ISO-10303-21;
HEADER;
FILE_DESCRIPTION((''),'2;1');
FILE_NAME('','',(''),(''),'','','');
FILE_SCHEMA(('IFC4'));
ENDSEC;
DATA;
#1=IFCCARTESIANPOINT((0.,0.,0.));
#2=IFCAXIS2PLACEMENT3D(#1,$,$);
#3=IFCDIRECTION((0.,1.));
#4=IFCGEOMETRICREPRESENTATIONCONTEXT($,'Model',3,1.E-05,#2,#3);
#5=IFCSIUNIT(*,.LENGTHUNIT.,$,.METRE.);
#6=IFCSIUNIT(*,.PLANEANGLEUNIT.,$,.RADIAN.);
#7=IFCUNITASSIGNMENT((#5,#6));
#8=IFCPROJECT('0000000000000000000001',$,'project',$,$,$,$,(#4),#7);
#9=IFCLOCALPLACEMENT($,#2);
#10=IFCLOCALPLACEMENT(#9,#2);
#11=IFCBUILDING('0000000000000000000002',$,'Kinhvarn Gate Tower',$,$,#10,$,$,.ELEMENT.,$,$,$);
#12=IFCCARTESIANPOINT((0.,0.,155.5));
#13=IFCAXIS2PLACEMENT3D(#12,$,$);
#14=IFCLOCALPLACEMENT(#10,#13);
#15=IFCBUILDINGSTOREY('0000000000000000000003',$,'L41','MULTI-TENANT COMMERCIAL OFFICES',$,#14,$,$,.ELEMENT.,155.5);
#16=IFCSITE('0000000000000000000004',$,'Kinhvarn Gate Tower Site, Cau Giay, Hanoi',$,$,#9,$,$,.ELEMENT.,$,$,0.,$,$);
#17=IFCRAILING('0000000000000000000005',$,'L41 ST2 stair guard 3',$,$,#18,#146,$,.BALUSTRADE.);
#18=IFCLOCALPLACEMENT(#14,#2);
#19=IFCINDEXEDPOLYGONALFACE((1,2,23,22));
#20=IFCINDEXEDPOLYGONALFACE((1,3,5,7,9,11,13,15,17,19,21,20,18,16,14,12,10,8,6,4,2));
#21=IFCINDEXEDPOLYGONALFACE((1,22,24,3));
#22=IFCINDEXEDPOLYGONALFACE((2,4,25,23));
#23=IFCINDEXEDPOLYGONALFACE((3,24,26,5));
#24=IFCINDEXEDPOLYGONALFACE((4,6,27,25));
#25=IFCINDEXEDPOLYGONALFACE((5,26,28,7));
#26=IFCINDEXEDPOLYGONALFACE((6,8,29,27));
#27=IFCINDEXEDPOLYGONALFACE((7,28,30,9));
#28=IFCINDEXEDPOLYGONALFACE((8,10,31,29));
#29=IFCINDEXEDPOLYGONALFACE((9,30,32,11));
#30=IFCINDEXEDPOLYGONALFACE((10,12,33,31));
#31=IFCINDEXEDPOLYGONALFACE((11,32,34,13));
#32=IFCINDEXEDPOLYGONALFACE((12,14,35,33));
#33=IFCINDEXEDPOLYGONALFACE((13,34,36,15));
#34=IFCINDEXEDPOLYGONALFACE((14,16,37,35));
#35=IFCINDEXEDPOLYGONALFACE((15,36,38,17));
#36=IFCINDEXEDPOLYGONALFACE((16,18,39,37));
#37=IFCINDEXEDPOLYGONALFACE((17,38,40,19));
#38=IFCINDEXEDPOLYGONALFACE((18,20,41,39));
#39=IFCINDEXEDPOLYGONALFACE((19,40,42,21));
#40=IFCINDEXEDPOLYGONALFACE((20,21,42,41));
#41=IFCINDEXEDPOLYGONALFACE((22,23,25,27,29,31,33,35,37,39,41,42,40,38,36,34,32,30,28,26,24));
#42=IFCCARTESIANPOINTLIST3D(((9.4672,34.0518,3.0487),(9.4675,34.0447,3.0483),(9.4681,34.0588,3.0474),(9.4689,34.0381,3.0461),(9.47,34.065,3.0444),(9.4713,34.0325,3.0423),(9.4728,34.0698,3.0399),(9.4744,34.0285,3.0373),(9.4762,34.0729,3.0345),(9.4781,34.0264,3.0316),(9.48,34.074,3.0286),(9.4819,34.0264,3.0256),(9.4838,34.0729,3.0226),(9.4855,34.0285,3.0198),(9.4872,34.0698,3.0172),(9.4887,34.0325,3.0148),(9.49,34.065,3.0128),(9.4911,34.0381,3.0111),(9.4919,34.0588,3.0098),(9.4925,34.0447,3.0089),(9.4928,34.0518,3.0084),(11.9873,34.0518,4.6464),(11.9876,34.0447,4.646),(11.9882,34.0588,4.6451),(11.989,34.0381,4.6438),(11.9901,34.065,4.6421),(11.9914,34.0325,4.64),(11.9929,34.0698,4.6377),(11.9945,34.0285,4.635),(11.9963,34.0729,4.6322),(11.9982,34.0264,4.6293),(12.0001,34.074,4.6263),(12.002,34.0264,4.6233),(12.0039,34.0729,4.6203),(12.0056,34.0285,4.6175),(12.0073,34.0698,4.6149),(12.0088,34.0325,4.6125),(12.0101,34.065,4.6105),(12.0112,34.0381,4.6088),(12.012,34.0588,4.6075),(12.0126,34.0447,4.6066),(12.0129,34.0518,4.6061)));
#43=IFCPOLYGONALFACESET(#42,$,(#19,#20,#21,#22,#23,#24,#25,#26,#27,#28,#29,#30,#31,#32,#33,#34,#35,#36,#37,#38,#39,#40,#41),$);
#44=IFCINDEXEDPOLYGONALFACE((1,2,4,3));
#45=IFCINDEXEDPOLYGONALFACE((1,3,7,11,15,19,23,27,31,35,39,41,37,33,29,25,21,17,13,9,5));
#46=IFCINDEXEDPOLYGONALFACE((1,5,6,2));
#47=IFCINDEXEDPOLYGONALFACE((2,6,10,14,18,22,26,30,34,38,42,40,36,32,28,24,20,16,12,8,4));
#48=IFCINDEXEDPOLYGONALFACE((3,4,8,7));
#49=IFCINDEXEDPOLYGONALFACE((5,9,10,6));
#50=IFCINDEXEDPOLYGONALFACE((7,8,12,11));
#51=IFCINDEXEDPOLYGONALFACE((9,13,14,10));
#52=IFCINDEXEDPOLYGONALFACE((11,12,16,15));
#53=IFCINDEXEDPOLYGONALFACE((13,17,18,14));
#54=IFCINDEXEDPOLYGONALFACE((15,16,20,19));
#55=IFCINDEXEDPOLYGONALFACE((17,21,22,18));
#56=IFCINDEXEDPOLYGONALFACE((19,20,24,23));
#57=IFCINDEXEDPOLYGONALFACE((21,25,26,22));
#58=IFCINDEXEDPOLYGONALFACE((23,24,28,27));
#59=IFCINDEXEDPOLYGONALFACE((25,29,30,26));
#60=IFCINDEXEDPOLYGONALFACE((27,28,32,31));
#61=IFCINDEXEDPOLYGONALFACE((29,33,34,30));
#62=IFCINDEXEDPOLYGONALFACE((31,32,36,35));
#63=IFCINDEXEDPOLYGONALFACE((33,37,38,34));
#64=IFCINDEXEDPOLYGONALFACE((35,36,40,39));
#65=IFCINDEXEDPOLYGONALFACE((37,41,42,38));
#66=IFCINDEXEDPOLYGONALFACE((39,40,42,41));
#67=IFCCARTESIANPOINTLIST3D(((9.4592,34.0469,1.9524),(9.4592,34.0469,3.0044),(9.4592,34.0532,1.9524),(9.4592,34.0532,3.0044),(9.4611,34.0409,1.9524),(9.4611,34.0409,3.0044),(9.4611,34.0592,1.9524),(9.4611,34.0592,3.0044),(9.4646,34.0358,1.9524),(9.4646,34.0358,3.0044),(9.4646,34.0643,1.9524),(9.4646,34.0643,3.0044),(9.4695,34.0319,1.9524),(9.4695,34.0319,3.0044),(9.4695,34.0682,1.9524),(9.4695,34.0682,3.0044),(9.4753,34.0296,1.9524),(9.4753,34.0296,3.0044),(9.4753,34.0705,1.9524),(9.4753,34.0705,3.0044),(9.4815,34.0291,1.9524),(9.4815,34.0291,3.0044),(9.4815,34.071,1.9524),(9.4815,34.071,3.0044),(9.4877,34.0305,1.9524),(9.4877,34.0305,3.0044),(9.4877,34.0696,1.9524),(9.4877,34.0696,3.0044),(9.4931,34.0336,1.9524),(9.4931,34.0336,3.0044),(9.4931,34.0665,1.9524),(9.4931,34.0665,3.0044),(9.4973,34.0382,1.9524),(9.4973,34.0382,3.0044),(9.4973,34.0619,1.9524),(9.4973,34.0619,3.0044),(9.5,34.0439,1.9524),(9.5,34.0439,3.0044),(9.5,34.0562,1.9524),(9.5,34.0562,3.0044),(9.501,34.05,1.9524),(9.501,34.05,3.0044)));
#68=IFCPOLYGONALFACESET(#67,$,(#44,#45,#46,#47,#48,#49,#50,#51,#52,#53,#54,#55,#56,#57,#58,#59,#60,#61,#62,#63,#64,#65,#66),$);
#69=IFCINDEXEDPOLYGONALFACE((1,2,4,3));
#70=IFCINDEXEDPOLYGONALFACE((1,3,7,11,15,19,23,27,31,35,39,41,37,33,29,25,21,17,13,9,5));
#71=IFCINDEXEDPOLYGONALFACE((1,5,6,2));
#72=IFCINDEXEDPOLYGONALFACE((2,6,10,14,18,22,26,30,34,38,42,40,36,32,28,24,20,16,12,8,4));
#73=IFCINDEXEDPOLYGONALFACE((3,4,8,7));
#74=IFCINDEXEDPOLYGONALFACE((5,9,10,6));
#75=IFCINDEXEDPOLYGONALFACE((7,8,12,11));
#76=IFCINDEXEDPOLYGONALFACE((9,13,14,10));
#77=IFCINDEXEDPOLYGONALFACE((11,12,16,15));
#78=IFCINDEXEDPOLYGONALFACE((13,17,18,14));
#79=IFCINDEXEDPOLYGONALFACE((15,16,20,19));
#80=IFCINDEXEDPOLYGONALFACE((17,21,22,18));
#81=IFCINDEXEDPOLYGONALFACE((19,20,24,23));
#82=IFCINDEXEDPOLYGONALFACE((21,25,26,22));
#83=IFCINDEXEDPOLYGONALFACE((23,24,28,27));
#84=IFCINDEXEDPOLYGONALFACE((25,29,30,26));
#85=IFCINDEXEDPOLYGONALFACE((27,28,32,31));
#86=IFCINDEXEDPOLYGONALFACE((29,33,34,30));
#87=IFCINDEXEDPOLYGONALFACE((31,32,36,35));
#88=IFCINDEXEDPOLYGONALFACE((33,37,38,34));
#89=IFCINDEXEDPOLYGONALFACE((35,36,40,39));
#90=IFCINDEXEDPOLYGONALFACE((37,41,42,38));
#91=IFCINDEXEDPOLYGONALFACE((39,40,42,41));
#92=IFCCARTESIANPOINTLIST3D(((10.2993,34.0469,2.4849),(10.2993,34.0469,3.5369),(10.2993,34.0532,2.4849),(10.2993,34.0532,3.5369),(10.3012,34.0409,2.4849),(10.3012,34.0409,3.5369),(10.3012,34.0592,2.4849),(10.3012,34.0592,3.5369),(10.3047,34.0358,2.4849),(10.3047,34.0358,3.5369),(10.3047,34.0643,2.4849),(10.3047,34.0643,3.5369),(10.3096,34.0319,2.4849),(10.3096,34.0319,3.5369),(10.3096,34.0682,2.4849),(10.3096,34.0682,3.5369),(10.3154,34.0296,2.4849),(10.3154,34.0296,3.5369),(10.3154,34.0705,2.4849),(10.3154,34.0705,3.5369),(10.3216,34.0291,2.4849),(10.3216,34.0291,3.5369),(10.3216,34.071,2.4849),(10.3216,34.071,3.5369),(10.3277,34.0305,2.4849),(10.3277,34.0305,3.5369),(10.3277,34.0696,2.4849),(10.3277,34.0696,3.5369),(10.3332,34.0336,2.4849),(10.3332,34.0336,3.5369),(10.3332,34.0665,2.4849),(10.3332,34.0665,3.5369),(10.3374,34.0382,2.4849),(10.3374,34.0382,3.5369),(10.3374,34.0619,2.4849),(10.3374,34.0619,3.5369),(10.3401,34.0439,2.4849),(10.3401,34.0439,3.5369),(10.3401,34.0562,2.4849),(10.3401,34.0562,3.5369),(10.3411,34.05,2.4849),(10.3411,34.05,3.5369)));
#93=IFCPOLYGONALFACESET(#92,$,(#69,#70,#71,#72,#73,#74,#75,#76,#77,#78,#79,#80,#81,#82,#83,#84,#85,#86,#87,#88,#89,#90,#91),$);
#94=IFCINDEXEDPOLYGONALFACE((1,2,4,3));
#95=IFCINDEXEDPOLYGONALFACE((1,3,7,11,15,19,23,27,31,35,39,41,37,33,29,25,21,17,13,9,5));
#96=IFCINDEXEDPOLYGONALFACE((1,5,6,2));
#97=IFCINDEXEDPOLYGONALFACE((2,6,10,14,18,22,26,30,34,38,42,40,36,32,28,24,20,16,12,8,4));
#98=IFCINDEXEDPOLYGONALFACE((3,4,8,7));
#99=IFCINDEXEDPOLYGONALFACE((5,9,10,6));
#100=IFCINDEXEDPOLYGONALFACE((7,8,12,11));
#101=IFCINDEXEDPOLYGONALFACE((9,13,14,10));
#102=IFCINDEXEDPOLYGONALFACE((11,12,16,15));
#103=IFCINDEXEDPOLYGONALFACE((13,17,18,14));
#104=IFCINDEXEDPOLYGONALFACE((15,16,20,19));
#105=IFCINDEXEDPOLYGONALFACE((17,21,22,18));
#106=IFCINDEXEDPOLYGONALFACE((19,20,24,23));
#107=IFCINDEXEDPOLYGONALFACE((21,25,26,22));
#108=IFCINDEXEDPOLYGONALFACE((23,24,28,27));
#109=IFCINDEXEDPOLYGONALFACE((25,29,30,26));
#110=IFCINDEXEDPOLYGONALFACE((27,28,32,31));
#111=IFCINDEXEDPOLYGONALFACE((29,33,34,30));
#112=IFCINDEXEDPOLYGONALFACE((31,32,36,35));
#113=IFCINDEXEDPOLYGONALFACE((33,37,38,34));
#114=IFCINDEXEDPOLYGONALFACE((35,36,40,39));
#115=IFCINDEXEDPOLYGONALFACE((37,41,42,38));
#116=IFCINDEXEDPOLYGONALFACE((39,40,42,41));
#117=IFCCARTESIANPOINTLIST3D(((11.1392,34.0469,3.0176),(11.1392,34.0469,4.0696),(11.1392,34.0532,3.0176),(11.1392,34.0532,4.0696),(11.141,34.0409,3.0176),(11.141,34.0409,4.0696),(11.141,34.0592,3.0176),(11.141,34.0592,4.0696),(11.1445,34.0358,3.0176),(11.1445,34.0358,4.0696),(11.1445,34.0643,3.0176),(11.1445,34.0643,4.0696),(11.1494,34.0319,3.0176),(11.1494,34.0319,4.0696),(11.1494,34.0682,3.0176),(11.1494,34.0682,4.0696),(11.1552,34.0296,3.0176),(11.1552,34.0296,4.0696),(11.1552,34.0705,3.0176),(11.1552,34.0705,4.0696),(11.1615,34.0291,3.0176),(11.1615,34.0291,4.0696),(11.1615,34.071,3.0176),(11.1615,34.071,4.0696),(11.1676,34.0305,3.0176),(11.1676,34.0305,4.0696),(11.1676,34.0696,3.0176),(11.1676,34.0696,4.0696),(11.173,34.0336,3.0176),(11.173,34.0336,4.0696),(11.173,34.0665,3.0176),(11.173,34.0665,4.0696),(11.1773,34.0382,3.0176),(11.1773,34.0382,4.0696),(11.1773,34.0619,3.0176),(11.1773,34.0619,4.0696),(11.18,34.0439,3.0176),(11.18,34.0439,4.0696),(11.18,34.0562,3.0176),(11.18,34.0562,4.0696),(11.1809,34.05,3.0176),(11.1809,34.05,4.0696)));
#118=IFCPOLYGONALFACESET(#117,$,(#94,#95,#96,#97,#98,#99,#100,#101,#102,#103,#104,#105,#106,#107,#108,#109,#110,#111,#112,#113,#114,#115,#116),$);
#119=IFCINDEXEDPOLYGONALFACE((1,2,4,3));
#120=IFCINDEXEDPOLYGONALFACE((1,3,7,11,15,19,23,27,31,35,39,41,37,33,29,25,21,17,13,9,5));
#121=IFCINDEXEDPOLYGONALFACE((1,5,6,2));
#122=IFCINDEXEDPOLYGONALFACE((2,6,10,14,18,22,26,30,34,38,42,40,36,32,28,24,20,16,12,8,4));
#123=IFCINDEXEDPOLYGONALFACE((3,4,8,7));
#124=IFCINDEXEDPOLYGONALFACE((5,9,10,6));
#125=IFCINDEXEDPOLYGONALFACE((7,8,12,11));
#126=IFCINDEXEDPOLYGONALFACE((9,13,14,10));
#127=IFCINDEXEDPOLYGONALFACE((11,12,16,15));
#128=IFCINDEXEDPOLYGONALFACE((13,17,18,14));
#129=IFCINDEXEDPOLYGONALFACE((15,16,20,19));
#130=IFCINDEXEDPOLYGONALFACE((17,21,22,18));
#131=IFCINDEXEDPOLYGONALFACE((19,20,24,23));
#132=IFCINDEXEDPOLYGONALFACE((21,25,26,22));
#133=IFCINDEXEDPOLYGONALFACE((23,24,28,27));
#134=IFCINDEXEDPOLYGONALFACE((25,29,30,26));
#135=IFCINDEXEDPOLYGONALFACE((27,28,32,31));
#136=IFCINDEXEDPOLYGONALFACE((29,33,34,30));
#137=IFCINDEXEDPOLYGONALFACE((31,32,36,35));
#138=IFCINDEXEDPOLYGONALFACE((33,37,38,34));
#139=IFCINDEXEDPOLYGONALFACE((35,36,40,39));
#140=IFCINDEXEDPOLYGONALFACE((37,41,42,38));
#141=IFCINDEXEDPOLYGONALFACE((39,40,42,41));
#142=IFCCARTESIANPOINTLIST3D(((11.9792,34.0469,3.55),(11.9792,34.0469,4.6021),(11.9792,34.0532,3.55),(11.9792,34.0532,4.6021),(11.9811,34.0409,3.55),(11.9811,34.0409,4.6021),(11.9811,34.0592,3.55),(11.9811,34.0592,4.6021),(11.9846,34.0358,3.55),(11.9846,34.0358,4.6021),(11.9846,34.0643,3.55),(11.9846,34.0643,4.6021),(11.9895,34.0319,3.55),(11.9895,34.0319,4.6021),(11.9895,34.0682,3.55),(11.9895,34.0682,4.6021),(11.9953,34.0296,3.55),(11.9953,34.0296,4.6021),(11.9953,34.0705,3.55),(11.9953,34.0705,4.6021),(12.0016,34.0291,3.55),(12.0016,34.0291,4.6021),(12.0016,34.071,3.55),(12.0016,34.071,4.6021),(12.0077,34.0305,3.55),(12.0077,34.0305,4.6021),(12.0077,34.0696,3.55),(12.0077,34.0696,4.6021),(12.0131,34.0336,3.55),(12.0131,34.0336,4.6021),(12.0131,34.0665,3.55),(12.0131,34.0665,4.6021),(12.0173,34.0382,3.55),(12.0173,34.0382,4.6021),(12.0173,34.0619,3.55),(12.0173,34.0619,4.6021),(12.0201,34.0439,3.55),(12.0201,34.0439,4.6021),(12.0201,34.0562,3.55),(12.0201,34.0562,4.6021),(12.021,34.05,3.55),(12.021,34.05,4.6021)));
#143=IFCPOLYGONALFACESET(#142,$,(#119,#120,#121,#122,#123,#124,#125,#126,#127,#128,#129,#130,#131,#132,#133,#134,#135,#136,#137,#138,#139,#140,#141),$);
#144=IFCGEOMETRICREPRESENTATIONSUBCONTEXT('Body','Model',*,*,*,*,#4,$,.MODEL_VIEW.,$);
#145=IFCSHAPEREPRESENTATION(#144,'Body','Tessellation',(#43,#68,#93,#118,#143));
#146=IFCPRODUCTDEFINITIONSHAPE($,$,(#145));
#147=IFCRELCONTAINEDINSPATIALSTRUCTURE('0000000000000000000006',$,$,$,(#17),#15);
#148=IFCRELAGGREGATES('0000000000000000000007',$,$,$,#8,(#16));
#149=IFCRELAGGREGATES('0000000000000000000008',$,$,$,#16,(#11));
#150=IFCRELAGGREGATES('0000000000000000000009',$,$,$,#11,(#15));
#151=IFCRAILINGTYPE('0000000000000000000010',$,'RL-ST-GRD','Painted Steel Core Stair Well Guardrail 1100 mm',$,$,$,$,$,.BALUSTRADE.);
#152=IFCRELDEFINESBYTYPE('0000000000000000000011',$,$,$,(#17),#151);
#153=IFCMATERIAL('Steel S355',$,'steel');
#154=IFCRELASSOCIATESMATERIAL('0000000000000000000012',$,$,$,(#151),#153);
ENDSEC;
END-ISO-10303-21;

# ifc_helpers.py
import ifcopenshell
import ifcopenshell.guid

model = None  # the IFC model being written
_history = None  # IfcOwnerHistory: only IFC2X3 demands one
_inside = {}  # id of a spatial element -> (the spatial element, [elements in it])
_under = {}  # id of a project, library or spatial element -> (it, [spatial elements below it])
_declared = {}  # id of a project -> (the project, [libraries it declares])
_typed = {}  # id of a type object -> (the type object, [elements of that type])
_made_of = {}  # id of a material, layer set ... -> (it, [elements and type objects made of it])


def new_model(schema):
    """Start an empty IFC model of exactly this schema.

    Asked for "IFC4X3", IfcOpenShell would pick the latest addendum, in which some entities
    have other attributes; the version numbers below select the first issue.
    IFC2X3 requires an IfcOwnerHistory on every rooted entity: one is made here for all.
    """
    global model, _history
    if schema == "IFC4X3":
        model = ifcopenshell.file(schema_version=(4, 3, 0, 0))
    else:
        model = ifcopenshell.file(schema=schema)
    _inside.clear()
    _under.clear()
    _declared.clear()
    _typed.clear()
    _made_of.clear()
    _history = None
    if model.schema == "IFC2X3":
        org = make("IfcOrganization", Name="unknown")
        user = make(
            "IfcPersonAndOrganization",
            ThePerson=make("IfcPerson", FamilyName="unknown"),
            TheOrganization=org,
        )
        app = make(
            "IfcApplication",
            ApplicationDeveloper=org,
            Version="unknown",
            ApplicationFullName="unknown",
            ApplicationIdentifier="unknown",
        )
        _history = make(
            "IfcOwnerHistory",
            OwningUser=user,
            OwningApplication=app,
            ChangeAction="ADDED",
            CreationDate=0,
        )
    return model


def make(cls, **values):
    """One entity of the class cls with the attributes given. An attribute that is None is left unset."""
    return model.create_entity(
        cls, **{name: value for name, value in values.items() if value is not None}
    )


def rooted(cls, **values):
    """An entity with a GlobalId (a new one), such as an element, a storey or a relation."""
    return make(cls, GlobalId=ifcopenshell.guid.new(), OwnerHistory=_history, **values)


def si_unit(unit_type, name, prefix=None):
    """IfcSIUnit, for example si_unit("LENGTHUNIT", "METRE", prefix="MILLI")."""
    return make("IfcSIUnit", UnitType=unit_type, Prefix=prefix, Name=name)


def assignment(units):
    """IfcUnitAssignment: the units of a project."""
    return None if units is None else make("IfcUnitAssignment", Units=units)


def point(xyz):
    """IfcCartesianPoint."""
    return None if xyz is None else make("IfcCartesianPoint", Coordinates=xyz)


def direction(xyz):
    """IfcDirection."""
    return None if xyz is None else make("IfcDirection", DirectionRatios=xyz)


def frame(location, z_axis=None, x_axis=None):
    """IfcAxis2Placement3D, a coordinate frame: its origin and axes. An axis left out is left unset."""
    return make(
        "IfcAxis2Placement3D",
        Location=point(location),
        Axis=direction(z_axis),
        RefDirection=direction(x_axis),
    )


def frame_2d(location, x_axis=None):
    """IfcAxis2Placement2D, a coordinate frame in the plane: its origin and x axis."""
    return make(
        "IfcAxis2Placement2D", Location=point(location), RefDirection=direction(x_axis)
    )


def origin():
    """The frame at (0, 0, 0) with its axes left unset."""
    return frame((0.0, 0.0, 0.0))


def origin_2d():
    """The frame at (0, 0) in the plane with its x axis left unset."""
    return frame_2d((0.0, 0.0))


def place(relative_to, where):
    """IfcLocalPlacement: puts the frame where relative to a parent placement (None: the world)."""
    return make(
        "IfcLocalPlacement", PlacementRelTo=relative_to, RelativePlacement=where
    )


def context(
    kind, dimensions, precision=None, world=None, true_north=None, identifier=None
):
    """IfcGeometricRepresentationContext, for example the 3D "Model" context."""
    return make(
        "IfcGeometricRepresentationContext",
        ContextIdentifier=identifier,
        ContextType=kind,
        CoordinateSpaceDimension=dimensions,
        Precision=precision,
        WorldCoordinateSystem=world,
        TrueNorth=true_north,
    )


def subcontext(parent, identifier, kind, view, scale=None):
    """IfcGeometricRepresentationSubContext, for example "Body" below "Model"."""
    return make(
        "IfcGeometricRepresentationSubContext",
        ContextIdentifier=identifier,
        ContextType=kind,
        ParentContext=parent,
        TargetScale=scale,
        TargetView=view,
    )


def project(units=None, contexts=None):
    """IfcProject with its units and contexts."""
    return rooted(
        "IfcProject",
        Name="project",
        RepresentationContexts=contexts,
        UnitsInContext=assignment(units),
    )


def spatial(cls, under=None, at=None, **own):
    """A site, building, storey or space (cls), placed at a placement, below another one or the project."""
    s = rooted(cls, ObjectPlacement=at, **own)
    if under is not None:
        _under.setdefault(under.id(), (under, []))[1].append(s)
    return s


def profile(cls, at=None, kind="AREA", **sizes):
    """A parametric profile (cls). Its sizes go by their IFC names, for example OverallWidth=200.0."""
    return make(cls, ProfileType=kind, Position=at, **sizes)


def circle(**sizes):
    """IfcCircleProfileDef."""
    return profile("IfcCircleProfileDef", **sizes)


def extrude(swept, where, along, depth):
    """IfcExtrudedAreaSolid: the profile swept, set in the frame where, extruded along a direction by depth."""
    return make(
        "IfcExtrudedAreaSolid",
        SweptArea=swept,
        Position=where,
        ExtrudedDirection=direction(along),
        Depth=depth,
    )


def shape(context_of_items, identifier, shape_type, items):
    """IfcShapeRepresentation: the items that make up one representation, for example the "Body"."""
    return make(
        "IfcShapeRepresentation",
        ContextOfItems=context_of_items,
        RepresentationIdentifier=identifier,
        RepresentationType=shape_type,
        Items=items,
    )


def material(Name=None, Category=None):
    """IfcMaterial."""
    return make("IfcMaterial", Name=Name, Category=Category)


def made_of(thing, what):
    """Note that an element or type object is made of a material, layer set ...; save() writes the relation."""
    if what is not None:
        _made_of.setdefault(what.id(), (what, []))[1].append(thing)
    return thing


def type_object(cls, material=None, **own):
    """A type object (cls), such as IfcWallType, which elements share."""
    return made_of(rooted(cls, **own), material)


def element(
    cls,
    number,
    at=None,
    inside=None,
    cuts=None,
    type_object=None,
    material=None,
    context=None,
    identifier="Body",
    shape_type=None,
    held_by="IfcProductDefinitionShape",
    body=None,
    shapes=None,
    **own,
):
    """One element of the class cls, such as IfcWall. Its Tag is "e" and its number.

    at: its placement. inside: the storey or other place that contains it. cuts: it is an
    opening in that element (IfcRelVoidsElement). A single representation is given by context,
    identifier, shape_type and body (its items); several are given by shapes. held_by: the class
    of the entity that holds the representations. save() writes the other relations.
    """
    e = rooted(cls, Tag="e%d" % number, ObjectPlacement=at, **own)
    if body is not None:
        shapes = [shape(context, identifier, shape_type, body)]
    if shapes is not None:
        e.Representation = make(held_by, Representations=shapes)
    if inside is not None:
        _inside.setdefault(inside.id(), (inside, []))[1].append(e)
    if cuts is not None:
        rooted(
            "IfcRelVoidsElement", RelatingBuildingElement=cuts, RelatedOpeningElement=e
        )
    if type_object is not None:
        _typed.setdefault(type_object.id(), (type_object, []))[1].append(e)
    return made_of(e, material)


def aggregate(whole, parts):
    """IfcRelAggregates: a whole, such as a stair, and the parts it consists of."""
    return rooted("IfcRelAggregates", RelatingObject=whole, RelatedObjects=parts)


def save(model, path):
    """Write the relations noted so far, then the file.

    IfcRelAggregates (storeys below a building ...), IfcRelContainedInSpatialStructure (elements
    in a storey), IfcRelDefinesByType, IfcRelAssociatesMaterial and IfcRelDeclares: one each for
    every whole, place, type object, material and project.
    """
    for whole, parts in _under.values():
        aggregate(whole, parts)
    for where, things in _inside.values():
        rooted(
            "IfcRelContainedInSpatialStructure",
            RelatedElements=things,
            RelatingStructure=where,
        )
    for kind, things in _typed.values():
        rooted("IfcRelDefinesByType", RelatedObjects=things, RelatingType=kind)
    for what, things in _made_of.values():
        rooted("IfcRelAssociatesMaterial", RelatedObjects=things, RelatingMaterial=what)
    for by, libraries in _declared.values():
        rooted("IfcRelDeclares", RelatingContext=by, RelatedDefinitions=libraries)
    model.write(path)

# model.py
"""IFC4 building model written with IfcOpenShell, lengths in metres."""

from ifc_helpers import new_model, si_unit, direction, frame, origin, origin_2d, place, context, subcontext, project, spatial, circle, extrude, material, type_object, element, save


model = new_model("IFC4")

# Units and contexts
model_context = context("Model", 3, precision=1e-05, world=origin(), true_north=direction((0.0, 1.0)))
body_context = subcontext(model_context, "Body", "Model", "MODEL_VIEW")
ifc_project = project(units=[si_unit("LENGTHUNIT", "METRE"), si_unit("PLANEANGLEUNIT", "RADIAN")], contexts=[model_context])

# Site, building, storey
site_placement = place(None, origin())
site = spatial("IfcSite", under=ifc_project, at=site_placement, Name="Kinhvarn Gate Tower Site, Cau Giay, Hanoi", CompositionType="ELEMENT", RefElevation=0.0)
building_placement = place(site_placement, origin())
building = spatial("IfcBuilding", under=site, at=building_placement, Name="Kinhvarn Gate Tower", CompositionType="ELEMENT")
storey_placement = place(building_placement, frame((0.0, 0.0, 155.5)))
storey = spatial("IfcBuildingStorey", under=building, at=storey_placement, Name="L41", Description="MULTI-TENANT COMMERCIAL OFFICES", CompositionType="ELEMENT", Elevation=155.5)

# Shared definitions
ifc_material_1 = material(Name="Steel S355", Category="steel")

# Railing
railing_type_1 = type_object("IfcRailingType", Name="RL-ST-GRD", Description="Painted Steel Core Stair Well Guardrail 1100 mm", PredefinedType="BALUSTRADE", material=ifc_material_1)
railing_1_placement = place(storey_placement, frame((9.48, 34.05, 1.9524)))
element("IfcRailing", 1, at=railing_1_placement, inside=storey, type_object=railing_type_1, Name="L41 ST2 stair guard 3", PredefinedType="BALUSTRADE", context=body_context, shape_type="SweptSolid", body=[
    extrude(circle(Radius=0.0239, at=origin_2d()), frame((0.0, 0.0, 1.0762), z_axis=(0.84457, 0.0, 0.535445), x_axis=(0.0, 1.0, 0.0)), (0.0, 0.0, 1.0), 2.9839),
    extrude(circle(Radius=0.021, at=origin_2d()), origin(), (0.0, 0.0, 1.0), 1.052),
    extrude(circle(Radius=0.021, at=origin_2d()), frame((0.8401, 0.0, 0.5325)), (0.0, 0.0, 1.0), 1.052),
    extrude(circle(Radius=0.021, at=origin_2d()), frame((1.6799, 0.0, 1.0652)), (0.0, 0.0, 1.0), 1.052),
    extrude(circle(Radius=0.021, at=origin_2d()), frame((2.52, 0.0, 1.5977)), (0.0, 0.0, 1.0), 1.052),
])

save(model, "model.ifc")
